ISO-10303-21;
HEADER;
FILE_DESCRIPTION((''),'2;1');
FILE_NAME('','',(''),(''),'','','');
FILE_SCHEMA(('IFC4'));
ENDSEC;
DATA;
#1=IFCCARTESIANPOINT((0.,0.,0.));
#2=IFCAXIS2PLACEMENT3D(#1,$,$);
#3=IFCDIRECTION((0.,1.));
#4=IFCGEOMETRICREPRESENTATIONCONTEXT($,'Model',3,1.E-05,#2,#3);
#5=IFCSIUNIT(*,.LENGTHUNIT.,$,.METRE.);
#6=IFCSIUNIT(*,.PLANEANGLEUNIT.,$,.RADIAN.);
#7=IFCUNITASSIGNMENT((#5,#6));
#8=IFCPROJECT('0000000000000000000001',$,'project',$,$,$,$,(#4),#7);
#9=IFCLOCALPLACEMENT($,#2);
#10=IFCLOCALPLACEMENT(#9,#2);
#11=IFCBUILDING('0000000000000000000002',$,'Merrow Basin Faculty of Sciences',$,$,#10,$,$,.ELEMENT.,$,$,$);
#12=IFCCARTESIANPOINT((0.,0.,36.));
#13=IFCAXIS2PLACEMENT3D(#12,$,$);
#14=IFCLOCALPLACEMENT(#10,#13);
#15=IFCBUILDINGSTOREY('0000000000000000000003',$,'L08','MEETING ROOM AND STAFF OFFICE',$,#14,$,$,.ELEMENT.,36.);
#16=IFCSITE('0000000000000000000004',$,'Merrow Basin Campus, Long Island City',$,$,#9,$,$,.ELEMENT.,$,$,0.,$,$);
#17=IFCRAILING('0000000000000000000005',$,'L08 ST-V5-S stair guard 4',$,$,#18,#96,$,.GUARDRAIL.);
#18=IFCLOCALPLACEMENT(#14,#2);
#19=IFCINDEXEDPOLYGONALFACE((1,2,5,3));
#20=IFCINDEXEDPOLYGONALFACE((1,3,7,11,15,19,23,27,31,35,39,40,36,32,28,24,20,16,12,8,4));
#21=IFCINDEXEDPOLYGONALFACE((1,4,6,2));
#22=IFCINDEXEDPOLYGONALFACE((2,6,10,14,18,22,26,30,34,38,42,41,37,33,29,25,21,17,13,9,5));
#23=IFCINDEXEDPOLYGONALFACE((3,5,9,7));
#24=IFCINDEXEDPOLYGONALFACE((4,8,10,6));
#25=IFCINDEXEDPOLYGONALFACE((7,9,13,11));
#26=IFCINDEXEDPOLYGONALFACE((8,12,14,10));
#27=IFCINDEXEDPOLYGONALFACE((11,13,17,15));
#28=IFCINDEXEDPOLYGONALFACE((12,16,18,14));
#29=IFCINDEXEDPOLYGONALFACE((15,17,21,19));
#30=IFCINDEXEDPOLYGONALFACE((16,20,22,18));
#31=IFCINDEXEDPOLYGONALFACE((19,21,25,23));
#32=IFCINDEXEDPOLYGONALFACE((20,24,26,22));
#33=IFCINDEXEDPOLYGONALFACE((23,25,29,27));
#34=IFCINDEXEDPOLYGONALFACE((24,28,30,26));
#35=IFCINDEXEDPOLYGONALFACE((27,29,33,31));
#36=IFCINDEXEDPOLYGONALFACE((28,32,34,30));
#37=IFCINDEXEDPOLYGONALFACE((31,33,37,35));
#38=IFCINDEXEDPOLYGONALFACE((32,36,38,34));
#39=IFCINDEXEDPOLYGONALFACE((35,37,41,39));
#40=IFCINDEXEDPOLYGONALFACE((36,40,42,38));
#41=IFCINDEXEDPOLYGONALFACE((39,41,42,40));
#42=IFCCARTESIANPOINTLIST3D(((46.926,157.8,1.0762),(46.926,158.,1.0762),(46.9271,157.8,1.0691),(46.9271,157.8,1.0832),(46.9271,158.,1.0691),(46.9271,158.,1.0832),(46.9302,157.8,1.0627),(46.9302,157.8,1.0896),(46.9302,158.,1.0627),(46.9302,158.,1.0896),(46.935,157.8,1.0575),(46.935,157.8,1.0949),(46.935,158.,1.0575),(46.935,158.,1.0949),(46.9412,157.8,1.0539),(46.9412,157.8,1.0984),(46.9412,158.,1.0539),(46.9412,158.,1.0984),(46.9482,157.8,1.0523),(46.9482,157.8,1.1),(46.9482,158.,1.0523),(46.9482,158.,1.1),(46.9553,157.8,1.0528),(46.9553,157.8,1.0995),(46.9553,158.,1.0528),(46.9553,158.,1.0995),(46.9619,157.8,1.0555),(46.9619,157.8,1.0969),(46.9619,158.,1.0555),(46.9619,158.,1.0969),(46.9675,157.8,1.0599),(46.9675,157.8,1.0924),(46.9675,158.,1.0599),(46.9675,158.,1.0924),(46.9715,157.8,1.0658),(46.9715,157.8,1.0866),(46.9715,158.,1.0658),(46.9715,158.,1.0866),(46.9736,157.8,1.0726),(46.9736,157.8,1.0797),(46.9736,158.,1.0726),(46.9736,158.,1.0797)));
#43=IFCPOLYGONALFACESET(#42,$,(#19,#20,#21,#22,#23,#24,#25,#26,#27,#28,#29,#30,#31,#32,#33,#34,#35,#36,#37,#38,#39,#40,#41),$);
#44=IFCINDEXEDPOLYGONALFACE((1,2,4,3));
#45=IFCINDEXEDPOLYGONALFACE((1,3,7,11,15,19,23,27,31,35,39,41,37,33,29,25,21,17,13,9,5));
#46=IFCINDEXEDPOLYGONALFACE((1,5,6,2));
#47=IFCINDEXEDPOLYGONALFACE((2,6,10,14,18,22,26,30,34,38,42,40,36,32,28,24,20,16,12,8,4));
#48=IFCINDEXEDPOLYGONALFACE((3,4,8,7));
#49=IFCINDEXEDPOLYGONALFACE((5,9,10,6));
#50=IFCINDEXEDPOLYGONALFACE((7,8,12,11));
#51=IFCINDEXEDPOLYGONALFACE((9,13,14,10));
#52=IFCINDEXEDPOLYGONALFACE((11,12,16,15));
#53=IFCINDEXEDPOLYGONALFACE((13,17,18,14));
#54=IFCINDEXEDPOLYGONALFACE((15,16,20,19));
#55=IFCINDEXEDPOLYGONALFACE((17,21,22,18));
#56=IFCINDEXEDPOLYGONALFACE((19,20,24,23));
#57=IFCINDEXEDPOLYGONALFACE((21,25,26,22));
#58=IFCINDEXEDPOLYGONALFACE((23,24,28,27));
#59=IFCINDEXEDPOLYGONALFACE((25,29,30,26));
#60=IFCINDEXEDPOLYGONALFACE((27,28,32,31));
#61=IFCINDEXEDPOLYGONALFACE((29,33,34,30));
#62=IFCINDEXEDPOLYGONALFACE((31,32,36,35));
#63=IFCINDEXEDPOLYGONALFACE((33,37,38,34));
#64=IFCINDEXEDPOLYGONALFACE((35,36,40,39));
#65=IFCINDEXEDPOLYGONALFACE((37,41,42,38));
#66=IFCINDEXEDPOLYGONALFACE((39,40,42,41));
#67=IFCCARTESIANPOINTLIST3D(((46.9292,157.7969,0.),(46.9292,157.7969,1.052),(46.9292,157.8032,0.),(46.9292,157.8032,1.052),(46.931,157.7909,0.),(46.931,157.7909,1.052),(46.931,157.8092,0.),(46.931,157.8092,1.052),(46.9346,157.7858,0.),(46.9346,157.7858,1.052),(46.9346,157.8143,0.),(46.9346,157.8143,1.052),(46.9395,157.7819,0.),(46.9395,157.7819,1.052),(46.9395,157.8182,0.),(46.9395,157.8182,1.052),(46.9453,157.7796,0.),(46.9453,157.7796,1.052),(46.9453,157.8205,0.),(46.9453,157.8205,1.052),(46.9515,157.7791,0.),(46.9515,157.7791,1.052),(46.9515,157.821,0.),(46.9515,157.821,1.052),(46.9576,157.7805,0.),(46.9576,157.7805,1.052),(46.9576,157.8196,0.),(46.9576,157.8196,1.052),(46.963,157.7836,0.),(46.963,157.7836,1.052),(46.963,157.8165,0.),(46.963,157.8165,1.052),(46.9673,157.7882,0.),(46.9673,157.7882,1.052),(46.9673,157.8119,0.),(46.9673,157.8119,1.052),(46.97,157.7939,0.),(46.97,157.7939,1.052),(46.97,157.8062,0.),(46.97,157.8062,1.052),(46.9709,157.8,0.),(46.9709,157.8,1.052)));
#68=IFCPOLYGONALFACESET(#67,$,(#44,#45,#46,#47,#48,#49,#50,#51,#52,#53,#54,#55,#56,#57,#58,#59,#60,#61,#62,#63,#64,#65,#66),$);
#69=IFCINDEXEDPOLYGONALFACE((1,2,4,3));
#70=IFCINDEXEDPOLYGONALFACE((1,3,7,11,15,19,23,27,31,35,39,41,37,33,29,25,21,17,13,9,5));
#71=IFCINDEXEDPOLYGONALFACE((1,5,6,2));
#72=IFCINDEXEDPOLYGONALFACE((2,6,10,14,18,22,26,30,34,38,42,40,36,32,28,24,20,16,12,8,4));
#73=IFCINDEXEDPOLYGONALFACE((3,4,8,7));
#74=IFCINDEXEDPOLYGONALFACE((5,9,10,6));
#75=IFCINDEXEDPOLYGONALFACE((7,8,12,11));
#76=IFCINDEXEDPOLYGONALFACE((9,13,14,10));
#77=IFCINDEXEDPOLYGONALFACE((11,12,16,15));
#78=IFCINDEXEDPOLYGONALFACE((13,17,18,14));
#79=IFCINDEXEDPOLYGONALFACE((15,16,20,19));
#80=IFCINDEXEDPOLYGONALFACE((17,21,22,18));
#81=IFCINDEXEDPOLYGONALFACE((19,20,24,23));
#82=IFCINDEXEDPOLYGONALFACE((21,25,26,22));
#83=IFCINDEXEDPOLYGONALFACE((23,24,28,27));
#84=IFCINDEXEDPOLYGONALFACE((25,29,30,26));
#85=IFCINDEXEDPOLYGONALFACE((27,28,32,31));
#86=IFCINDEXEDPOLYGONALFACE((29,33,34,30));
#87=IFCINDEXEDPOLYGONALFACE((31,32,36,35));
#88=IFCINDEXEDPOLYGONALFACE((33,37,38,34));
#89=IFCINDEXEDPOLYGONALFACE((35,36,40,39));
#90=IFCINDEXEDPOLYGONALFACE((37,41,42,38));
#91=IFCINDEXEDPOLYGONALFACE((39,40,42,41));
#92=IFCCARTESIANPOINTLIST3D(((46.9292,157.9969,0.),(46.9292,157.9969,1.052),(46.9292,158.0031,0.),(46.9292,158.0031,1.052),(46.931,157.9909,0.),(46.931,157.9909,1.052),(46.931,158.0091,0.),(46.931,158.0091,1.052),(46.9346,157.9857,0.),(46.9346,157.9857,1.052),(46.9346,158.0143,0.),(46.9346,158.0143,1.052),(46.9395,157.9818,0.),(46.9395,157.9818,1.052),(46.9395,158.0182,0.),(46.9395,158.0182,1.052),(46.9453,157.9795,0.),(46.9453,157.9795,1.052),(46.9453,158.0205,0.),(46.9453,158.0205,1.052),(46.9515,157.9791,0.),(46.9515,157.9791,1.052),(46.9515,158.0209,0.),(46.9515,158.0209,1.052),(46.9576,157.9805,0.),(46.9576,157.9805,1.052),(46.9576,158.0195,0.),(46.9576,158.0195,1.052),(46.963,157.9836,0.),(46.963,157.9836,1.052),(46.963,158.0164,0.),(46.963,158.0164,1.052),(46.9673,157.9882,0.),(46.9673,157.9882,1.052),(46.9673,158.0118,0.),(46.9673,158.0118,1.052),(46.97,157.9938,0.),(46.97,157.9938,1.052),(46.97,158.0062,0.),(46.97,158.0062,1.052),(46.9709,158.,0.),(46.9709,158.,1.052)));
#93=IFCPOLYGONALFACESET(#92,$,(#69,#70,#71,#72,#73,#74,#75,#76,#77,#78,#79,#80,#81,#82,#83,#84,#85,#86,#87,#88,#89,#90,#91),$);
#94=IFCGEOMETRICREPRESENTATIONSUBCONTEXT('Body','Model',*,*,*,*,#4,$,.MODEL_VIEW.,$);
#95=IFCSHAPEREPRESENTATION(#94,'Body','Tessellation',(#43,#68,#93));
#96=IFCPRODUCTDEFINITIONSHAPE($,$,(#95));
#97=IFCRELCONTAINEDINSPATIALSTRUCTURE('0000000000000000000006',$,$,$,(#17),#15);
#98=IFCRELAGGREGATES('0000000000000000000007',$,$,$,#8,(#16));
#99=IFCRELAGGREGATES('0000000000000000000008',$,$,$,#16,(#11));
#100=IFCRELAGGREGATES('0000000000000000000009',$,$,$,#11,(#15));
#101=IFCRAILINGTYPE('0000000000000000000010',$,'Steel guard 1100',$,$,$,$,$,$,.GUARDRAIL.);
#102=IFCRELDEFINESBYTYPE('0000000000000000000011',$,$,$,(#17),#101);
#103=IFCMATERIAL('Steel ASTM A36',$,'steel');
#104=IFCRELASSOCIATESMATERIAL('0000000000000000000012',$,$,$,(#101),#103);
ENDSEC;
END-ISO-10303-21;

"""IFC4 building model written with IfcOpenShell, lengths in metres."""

from ifc_helpers import new_model, si_unit, direction, frame, origin, origin_2d, place, context, subcontext, project, spatial, circle, extrude, material, type_object, element, save


model = new_model("IFC4")

# Units and contexts
model_context = context("Model", 3, precision=1e-05, world=origin(), true_north=direction((0.0, 1.0)))
body_context = subcontext(model_context, "Body", "Model", "MODEL_VIEW")
ifc_project = project(units=[si_unit("LENGTHUNIT", "METRE"), si_unit("PLANEANGLEUNIT", "RADIAN")], contexts=[model_context])

# Site, building, storey
site_placement = place(None, origin())
site = spatial("IfcSite", under=ifc_project, at=site_placement, Name="Merrow Basin Campus, Long Island City", CompositionType="ELEMENT", RefElevation=0.0)
building_placement = place(site_placement, origin())
building = spatial("IfcBuilding", under=site, at=building_placement, Name="Merrow Basin Faculty of Sciences", CompositionType="ELEMENT")
storey_placement = place(building_placement, frame((0.0, 0.0, 36.0)))
storey = spatial("IfcBuildingStorey", under=building, at=storey_placement, Name="L08", Description="MEETING ROOM AND STAFF OFFICE", CompositionType="ELEMENT", Elevation=36.0)

# Railing
ifc_material_1 = material(Name="Steel ASTM A36", Category="steel")
railing_type_1 = type_object("IfcRailingType", Name="Steel guard 1100", PredefinedType="GUARDRAIL", material=ifc_material_1)
railing_1_placement = place(storey_placement, frame((46.95, 157.8, 0.0)))
element("IfcRailing", 1, at=railing_1_placement, inside=storey, type_object=railing_type_1, Name="L08 ST-V5-S stair guard 4", PredefinedType="GUARDRAIL", context=body_context, shape_type="SweptSolid", body=[
    extrude(circle(Radius=0.0239, at=origin_2d()), frame((0.0, 0.0, 1.0762), z_axis=(0.0, 1.0, 0.0), x_axis=(-1.0, 0.0, 0.0)), (0.0, 0.0, 1.0), 0.2),
    extrude(circle(Radius=0.021, at=origin_2d()), origin(), (0.0, 0.0, 1.0), 1.052),
    extrude(circle(Radius=0.021, at=origin_2d()), frame((0.0, 0.2, 0.0)), (0.0, 0.0, 1.0), 1.052),
])

save(model, "model.ifc")
